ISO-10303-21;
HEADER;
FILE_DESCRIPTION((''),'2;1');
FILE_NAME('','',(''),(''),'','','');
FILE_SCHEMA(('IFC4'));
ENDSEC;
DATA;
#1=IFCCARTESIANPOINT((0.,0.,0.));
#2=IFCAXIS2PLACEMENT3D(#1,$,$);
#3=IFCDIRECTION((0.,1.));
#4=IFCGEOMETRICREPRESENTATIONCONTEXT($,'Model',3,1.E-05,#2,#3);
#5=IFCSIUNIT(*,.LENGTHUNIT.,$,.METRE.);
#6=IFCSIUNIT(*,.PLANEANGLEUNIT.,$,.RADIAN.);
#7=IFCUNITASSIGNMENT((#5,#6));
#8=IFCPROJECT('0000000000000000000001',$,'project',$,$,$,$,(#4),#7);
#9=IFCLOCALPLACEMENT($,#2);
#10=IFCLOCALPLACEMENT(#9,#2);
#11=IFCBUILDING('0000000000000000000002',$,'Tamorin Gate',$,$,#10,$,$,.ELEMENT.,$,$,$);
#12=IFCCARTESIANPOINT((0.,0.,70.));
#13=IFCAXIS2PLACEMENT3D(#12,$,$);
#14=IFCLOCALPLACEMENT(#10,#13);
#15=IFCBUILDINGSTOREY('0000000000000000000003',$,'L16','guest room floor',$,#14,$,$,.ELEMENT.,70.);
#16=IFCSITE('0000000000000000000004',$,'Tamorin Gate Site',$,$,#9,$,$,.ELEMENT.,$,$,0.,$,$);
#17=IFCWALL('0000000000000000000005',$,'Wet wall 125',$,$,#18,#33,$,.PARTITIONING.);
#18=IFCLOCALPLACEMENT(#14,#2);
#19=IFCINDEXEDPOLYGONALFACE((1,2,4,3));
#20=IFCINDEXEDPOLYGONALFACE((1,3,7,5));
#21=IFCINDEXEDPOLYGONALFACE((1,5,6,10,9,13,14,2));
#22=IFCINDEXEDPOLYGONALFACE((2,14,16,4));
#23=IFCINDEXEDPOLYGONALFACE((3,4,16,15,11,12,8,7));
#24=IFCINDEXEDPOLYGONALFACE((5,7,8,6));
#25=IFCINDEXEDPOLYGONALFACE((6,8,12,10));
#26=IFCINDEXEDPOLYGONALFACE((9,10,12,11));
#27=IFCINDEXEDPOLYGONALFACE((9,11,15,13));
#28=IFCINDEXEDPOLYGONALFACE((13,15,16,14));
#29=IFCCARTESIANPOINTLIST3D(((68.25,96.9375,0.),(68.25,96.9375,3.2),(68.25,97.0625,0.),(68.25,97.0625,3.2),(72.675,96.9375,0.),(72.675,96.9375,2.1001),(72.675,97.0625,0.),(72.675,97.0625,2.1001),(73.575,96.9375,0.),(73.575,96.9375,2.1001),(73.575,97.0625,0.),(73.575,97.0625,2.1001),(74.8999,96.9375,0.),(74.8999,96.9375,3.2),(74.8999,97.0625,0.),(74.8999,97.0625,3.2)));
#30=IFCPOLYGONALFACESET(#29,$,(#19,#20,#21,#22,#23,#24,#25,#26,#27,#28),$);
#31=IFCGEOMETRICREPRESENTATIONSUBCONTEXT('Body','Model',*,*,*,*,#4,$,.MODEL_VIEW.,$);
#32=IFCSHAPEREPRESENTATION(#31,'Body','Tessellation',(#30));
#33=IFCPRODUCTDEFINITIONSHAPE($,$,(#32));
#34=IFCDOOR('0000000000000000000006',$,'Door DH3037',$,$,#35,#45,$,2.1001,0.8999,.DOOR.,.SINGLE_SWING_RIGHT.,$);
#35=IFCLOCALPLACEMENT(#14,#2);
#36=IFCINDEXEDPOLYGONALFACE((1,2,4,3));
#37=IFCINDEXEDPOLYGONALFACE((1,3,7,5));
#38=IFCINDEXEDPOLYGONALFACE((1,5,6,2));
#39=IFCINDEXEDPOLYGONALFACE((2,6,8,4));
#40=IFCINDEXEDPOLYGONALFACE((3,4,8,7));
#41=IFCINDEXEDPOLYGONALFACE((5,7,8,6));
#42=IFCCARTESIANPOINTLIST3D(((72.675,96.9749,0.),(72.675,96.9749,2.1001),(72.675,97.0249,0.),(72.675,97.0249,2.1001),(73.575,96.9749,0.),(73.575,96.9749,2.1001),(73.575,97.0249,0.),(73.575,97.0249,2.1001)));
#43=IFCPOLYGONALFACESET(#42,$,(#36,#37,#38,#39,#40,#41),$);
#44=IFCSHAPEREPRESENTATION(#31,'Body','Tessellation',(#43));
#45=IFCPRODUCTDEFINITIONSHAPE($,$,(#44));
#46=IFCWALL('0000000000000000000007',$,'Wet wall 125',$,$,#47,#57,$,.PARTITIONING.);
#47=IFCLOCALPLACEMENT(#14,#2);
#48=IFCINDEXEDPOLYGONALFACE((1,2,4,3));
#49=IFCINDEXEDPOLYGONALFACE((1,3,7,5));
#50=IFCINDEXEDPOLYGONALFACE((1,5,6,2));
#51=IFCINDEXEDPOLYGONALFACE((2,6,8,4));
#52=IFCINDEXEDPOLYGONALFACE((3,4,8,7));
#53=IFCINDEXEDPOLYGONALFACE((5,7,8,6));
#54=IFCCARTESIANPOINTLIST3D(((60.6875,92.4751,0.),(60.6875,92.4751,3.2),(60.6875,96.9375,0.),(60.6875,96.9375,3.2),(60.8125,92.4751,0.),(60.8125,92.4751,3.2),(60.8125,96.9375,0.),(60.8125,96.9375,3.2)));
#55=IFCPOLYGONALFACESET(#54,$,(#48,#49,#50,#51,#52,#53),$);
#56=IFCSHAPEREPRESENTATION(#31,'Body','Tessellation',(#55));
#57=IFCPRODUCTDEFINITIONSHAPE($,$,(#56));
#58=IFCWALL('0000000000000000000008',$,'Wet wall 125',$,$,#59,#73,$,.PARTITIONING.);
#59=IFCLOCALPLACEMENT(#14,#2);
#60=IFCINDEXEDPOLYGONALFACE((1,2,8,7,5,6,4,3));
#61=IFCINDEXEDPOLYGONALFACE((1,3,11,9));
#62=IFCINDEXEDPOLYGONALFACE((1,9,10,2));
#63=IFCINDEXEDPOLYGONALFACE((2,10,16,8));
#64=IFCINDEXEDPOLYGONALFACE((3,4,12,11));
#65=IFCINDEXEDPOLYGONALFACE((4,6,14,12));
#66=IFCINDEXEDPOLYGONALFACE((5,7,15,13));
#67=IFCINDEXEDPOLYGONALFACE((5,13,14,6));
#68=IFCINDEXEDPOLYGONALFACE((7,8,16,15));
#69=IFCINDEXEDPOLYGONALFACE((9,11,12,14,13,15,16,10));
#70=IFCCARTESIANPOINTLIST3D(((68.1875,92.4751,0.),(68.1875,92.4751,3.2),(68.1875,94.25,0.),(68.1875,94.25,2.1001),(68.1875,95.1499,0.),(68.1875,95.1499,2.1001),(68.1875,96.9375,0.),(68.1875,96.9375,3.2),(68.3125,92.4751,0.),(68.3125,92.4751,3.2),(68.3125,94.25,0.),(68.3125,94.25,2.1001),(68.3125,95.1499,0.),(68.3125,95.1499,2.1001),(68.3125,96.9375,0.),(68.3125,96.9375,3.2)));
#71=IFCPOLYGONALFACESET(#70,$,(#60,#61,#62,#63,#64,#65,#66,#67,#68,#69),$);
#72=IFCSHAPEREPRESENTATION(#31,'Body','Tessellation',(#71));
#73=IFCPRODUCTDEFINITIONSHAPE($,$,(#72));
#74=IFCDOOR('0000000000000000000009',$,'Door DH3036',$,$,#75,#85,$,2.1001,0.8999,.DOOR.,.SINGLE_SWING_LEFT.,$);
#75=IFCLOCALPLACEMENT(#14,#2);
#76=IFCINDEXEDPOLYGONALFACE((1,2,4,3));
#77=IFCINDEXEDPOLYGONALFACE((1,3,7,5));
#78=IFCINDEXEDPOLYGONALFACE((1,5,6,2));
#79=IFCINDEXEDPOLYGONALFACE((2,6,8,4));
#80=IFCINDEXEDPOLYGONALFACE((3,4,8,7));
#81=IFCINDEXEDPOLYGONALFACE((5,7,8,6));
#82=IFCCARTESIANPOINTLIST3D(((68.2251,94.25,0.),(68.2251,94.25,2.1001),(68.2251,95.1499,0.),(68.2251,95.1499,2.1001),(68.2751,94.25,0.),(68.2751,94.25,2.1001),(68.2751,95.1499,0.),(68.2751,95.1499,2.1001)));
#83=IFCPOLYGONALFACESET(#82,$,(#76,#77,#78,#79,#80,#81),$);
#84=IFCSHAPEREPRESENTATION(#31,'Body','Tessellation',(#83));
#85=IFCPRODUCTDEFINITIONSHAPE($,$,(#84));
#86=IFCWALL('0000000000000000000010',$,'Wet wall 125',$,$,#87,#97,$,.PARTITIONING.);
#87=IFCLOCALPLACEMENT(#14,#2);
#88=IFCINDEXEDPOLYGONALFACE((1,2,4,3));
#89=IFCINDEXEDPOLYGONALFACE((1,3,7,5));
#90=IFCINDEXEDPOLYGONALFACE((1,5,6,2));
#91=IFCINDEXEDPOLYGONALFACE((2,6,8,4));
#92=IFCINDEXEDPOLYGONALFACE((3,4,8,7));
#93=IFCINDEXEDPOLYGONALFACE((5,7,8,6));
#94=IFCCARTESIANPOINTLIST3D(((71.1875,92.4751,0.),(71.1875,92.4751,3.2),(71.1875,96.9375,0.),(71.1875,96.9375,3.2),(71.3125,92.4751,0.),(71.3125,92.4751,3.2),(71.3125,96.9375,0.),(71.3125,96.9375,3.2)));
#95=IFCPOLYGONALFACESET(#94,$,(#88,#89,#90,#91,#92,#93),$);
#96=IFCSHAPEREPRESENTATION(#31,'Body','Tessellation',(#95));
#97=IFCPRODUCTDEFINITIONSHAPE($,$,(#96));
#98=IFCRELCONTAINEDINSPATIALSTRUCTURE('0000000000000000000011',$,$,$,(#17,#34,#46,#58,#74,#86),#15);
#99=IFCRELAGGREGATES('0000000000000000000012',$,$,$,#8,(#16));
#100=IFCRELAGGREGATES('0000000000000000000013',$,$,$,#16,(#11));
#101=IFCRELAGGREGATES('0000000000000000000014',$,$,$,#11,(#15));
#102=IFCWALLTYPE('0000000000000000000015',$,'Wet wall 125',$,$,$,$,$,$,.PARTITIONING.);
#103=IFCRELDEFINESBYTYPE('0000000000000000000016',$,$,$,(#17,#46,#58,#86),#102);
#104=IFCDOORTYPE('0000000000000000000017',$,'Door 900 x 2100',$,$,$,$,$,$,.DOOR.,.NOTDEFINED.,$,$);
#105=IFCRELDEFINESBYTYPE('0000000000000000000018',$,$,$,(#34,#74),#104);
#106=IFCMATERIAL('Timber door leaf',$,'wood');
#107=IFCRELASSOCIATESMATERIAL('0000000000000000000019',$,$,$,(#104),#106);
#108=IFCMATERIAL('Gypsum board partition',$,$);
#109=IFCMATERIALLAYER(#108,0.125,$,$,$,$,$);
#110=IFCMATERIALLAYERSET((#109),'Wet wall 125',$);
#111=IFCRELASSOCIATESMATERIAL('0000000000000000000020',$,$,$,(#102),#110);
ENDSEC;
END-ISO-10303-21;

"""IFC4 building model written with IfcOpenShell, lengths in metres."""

from ifc_helpers import new_model, si_unit, direction, frame, frame_2d, origin, place, context, subcontext, project, spatial, rectangle, extrude, material, layer, layer_set, type_object, element, fill, save


model = new_model("IFC4")

# Units and contexts
model_context = context("Model", 3, precision=1e-05, world=origin(), true_north=direction((0.0, 1.0)))
body_context = subcontext(model_context, "Body", "Model", "MODEL_VIEW")
ifc_project = project(units=[si_unit("LENGTHUNIT", "METRE"), si_unit("PLANEANGLEUNIT", "RADIAN")], contexts=[model_context])

# Site, building, storey
site_placement = place(None, origin())
site = spatial("IfcSite", under=ifc_project, at=site_placement, Name="Tamorin Gate Site", CompositionType="ELEMENT", RefElevation=0.0)
building_placement = place(site_placement, origin())
building = spatial("IfcBuilding", under=site, at=building_placement, Name="Tamorin Gate", CompositionType="ELEMENT")
storey_placement = place(building_placement, frame((0.0, 0.0, 70.0)))
storey = spatial("IfcBuildingStorey", under=building, at=storey_placement, Name="L16", Description="guest room floor", CompositionType="ELEMENT", Elevation=70.0)

# Shared definitions
ifc_material_1 = material(Name="Gypsum board partition")

# Shared definitions
ifc_material_2 = material(Name="Timber door leaf", Category="wood")
door_type = type_object("IfcDoorType", Name="Door 900 x 2100", OperationType="NOTDEFINED", PredefinedType="DOOR", material=ifc_material_2)

# Wall, opening, door
ifc_layer_1 = layer(ifc_material_1, 0.125)
ifc_layer_set_1 = layer_set([ifc_layer_1], Name="Wet wall 125")
wall_type_1 = type_object("IfcWallType", Name="Wet wall 125", PredefinedType="PARTITIONING", material=ifc_layer_set_1)
wall_1_placement = place(storey_placement, frame((68.25, 97.0, 0.0), z_axis=(0.0, 0.0, 1.0), x_axis=(1.0, 0.0, 0.0)))
wall_1 = element("IfcWall", 1, at=wall_1_placement, inside=storey, type_object=wall_type_1, Name="Wet wall 125", PredefinedType="PARTITIONING", context=body_context, shape_type="SweptSolid", body=[
    extrude(rectangle(XDim=6.6499, YDim=0.125, at=frame_2d((3.325, 0.0))), origin(), (0.0, 0.0, 1.0), 3.2),
])
opening_1_placement = place(wall_1_placement, frame((4.425, 0.0, 0.0)))
opening_1 = element("IfcOpeningElement", 2, at=opening_1_placement, cuts=wall_1, PredefinedType="OPENING", context=body_context, shape_type="SweptSolid", body=[
    extrude(rectangle(XDim=0.8999, YDim=2.1001, at=frame_2d((0.45, 1.05))), frame((0.0, 0.0725, 0.0), z_axis=(0.0, -1.0, 0.0), x_axis=(1.0, 0.0, 0.0)), (0.0, 0.0, 1.0), 0.145),
])
door_1_placement = place(opening_1_placement, origin())
door_1 = element("IfcDoor", 3, at=door_1_placement, inside=storey, type_object=door_type, Name="Door DH3037", OperationType="SINGLE_SWING_RIGHT", OverallHeight=2.1001, OverallWidth=0.8999, PredefinedType="DOOR", context=body_context, shape_type="SweptSolid", body=[
    extrude(rectangle(XDim=0.8999, YDim=2.1001, at=frame_2d((0.45, 1.05))), frame((0.0, 0.0249, 0.0), z_axis=(0.0, -1.0, 0.0), x_axis=(1.0, 0.0, 0.0)), (0.0, 0.0, 1.0), 0.05),
])
fill(opening_1, door_1)

# Wall
wall_2_placement = place(storey_placement, frame((60.75, 92.4751, 0.0), z_axis=(0.0, 0.0, 1.0), x_axis=(0.0, 1.0, 0.0)))
element("IfcWall", 4, at=wall_2_placement, inside=storey, type_object=wall_type_1, Name="Wet wall 125", PredefinedType="PARTITIONING", context=body_context, shape_type="SweptSolid", body=[
    extrude(rectangle(XDim=4.4624, YDim=0.125, at=frame_2d((2.2312, 0.0))), origin(), (0.0, 0.0, 1.0), 3.2),
])

# Wall, opening, door
wall_3_placement = place(storey_placement, frame((68.25, 92.4751, 0.0), z_axis=(0.0, 0.0, 1.0), x_axis=(0.0, 1.0, 0.0)))
wall_3 = element("IfcWall", 5, at=wall_3_placement, inside=storey, type_object=wall_type_1, Name="Wet wall 125", PredefinedType="PARTITIONING", context=body_context, shape_type="SweptSolid", body=[
    extrude(rectangle(XDim=4.4624, YDim=0.125, at=frame_2d((2.2312, 0.0))), origin(), (0.0, 0.0, 1.0), 3.2),
])
opening_2_placement = place(wall_3_placement, frame((1.7749, 0.0, 0.0)))
opening_2 = element("IfcOpeningElement", 6, at=opening_2_placement, cuts=wall_3, PredefinedType="OPENING", context=body_context, shape_type="SweptSolid", body=[
    extrude(rectangle(XDim=0.8999, YDim=2.1001, at=frame_2d((0.45, 1.05))), frame((0.0, 0.0725, 0.0), z_axis=(0.0, -1.0, 0.0), x_axis=(1.0, 0.0, 0.0)), (0.0, 0.0, 1.0), 0.145),
])
door_2_placement = place(opening_2_placement, origin())
door_2 = element("IfcDoor", 7, at=door_2_placement, inside=storey, type_object=door_type, Name="Door DH3036", OperationType="SINGLE_SWING_LEFT", OverallHeight=2.1001, OverallWidth=0.8999, PredefinedType="DOOR", context=body_context, shape_type="SweptSolid", body=[
    extrude(rectangle(XDim=0.8999, YDim=2.1001, at=frame_2d((0.45, 1.05))), frame((0.0, 0.0249, 0.0), z_axis=(0.0, -1.0, 0.0), x_axis=(1.0, 0.0, 0.0)), (0.0, 0.0, 1.0), 0.05),
])
fill(opening_2, door_2)

# Wall
wall_4_placement = place(storey_placement, frame((71.25, 92.4751, 0.0), z_axis=(0.0, 0.0, 1.0), x_axis=(0.0, 1.0, 0.0)))
element("IfcWall", 8, at=wall_4_placement, inside=storey, type_object=wall_type_1, Name="Wet wall 125", PredefinedType="PARTITIONING", context=body_context, shape_type="SweptSolid", body=[
    extrude(rectangle(XDim=4.4624, YDim=0.125, at=frame_2d((2.2312, 0.0))), origin(), (0.0, 0.0, 1.0), 3.2),
])

save(model, "model.ifc")
